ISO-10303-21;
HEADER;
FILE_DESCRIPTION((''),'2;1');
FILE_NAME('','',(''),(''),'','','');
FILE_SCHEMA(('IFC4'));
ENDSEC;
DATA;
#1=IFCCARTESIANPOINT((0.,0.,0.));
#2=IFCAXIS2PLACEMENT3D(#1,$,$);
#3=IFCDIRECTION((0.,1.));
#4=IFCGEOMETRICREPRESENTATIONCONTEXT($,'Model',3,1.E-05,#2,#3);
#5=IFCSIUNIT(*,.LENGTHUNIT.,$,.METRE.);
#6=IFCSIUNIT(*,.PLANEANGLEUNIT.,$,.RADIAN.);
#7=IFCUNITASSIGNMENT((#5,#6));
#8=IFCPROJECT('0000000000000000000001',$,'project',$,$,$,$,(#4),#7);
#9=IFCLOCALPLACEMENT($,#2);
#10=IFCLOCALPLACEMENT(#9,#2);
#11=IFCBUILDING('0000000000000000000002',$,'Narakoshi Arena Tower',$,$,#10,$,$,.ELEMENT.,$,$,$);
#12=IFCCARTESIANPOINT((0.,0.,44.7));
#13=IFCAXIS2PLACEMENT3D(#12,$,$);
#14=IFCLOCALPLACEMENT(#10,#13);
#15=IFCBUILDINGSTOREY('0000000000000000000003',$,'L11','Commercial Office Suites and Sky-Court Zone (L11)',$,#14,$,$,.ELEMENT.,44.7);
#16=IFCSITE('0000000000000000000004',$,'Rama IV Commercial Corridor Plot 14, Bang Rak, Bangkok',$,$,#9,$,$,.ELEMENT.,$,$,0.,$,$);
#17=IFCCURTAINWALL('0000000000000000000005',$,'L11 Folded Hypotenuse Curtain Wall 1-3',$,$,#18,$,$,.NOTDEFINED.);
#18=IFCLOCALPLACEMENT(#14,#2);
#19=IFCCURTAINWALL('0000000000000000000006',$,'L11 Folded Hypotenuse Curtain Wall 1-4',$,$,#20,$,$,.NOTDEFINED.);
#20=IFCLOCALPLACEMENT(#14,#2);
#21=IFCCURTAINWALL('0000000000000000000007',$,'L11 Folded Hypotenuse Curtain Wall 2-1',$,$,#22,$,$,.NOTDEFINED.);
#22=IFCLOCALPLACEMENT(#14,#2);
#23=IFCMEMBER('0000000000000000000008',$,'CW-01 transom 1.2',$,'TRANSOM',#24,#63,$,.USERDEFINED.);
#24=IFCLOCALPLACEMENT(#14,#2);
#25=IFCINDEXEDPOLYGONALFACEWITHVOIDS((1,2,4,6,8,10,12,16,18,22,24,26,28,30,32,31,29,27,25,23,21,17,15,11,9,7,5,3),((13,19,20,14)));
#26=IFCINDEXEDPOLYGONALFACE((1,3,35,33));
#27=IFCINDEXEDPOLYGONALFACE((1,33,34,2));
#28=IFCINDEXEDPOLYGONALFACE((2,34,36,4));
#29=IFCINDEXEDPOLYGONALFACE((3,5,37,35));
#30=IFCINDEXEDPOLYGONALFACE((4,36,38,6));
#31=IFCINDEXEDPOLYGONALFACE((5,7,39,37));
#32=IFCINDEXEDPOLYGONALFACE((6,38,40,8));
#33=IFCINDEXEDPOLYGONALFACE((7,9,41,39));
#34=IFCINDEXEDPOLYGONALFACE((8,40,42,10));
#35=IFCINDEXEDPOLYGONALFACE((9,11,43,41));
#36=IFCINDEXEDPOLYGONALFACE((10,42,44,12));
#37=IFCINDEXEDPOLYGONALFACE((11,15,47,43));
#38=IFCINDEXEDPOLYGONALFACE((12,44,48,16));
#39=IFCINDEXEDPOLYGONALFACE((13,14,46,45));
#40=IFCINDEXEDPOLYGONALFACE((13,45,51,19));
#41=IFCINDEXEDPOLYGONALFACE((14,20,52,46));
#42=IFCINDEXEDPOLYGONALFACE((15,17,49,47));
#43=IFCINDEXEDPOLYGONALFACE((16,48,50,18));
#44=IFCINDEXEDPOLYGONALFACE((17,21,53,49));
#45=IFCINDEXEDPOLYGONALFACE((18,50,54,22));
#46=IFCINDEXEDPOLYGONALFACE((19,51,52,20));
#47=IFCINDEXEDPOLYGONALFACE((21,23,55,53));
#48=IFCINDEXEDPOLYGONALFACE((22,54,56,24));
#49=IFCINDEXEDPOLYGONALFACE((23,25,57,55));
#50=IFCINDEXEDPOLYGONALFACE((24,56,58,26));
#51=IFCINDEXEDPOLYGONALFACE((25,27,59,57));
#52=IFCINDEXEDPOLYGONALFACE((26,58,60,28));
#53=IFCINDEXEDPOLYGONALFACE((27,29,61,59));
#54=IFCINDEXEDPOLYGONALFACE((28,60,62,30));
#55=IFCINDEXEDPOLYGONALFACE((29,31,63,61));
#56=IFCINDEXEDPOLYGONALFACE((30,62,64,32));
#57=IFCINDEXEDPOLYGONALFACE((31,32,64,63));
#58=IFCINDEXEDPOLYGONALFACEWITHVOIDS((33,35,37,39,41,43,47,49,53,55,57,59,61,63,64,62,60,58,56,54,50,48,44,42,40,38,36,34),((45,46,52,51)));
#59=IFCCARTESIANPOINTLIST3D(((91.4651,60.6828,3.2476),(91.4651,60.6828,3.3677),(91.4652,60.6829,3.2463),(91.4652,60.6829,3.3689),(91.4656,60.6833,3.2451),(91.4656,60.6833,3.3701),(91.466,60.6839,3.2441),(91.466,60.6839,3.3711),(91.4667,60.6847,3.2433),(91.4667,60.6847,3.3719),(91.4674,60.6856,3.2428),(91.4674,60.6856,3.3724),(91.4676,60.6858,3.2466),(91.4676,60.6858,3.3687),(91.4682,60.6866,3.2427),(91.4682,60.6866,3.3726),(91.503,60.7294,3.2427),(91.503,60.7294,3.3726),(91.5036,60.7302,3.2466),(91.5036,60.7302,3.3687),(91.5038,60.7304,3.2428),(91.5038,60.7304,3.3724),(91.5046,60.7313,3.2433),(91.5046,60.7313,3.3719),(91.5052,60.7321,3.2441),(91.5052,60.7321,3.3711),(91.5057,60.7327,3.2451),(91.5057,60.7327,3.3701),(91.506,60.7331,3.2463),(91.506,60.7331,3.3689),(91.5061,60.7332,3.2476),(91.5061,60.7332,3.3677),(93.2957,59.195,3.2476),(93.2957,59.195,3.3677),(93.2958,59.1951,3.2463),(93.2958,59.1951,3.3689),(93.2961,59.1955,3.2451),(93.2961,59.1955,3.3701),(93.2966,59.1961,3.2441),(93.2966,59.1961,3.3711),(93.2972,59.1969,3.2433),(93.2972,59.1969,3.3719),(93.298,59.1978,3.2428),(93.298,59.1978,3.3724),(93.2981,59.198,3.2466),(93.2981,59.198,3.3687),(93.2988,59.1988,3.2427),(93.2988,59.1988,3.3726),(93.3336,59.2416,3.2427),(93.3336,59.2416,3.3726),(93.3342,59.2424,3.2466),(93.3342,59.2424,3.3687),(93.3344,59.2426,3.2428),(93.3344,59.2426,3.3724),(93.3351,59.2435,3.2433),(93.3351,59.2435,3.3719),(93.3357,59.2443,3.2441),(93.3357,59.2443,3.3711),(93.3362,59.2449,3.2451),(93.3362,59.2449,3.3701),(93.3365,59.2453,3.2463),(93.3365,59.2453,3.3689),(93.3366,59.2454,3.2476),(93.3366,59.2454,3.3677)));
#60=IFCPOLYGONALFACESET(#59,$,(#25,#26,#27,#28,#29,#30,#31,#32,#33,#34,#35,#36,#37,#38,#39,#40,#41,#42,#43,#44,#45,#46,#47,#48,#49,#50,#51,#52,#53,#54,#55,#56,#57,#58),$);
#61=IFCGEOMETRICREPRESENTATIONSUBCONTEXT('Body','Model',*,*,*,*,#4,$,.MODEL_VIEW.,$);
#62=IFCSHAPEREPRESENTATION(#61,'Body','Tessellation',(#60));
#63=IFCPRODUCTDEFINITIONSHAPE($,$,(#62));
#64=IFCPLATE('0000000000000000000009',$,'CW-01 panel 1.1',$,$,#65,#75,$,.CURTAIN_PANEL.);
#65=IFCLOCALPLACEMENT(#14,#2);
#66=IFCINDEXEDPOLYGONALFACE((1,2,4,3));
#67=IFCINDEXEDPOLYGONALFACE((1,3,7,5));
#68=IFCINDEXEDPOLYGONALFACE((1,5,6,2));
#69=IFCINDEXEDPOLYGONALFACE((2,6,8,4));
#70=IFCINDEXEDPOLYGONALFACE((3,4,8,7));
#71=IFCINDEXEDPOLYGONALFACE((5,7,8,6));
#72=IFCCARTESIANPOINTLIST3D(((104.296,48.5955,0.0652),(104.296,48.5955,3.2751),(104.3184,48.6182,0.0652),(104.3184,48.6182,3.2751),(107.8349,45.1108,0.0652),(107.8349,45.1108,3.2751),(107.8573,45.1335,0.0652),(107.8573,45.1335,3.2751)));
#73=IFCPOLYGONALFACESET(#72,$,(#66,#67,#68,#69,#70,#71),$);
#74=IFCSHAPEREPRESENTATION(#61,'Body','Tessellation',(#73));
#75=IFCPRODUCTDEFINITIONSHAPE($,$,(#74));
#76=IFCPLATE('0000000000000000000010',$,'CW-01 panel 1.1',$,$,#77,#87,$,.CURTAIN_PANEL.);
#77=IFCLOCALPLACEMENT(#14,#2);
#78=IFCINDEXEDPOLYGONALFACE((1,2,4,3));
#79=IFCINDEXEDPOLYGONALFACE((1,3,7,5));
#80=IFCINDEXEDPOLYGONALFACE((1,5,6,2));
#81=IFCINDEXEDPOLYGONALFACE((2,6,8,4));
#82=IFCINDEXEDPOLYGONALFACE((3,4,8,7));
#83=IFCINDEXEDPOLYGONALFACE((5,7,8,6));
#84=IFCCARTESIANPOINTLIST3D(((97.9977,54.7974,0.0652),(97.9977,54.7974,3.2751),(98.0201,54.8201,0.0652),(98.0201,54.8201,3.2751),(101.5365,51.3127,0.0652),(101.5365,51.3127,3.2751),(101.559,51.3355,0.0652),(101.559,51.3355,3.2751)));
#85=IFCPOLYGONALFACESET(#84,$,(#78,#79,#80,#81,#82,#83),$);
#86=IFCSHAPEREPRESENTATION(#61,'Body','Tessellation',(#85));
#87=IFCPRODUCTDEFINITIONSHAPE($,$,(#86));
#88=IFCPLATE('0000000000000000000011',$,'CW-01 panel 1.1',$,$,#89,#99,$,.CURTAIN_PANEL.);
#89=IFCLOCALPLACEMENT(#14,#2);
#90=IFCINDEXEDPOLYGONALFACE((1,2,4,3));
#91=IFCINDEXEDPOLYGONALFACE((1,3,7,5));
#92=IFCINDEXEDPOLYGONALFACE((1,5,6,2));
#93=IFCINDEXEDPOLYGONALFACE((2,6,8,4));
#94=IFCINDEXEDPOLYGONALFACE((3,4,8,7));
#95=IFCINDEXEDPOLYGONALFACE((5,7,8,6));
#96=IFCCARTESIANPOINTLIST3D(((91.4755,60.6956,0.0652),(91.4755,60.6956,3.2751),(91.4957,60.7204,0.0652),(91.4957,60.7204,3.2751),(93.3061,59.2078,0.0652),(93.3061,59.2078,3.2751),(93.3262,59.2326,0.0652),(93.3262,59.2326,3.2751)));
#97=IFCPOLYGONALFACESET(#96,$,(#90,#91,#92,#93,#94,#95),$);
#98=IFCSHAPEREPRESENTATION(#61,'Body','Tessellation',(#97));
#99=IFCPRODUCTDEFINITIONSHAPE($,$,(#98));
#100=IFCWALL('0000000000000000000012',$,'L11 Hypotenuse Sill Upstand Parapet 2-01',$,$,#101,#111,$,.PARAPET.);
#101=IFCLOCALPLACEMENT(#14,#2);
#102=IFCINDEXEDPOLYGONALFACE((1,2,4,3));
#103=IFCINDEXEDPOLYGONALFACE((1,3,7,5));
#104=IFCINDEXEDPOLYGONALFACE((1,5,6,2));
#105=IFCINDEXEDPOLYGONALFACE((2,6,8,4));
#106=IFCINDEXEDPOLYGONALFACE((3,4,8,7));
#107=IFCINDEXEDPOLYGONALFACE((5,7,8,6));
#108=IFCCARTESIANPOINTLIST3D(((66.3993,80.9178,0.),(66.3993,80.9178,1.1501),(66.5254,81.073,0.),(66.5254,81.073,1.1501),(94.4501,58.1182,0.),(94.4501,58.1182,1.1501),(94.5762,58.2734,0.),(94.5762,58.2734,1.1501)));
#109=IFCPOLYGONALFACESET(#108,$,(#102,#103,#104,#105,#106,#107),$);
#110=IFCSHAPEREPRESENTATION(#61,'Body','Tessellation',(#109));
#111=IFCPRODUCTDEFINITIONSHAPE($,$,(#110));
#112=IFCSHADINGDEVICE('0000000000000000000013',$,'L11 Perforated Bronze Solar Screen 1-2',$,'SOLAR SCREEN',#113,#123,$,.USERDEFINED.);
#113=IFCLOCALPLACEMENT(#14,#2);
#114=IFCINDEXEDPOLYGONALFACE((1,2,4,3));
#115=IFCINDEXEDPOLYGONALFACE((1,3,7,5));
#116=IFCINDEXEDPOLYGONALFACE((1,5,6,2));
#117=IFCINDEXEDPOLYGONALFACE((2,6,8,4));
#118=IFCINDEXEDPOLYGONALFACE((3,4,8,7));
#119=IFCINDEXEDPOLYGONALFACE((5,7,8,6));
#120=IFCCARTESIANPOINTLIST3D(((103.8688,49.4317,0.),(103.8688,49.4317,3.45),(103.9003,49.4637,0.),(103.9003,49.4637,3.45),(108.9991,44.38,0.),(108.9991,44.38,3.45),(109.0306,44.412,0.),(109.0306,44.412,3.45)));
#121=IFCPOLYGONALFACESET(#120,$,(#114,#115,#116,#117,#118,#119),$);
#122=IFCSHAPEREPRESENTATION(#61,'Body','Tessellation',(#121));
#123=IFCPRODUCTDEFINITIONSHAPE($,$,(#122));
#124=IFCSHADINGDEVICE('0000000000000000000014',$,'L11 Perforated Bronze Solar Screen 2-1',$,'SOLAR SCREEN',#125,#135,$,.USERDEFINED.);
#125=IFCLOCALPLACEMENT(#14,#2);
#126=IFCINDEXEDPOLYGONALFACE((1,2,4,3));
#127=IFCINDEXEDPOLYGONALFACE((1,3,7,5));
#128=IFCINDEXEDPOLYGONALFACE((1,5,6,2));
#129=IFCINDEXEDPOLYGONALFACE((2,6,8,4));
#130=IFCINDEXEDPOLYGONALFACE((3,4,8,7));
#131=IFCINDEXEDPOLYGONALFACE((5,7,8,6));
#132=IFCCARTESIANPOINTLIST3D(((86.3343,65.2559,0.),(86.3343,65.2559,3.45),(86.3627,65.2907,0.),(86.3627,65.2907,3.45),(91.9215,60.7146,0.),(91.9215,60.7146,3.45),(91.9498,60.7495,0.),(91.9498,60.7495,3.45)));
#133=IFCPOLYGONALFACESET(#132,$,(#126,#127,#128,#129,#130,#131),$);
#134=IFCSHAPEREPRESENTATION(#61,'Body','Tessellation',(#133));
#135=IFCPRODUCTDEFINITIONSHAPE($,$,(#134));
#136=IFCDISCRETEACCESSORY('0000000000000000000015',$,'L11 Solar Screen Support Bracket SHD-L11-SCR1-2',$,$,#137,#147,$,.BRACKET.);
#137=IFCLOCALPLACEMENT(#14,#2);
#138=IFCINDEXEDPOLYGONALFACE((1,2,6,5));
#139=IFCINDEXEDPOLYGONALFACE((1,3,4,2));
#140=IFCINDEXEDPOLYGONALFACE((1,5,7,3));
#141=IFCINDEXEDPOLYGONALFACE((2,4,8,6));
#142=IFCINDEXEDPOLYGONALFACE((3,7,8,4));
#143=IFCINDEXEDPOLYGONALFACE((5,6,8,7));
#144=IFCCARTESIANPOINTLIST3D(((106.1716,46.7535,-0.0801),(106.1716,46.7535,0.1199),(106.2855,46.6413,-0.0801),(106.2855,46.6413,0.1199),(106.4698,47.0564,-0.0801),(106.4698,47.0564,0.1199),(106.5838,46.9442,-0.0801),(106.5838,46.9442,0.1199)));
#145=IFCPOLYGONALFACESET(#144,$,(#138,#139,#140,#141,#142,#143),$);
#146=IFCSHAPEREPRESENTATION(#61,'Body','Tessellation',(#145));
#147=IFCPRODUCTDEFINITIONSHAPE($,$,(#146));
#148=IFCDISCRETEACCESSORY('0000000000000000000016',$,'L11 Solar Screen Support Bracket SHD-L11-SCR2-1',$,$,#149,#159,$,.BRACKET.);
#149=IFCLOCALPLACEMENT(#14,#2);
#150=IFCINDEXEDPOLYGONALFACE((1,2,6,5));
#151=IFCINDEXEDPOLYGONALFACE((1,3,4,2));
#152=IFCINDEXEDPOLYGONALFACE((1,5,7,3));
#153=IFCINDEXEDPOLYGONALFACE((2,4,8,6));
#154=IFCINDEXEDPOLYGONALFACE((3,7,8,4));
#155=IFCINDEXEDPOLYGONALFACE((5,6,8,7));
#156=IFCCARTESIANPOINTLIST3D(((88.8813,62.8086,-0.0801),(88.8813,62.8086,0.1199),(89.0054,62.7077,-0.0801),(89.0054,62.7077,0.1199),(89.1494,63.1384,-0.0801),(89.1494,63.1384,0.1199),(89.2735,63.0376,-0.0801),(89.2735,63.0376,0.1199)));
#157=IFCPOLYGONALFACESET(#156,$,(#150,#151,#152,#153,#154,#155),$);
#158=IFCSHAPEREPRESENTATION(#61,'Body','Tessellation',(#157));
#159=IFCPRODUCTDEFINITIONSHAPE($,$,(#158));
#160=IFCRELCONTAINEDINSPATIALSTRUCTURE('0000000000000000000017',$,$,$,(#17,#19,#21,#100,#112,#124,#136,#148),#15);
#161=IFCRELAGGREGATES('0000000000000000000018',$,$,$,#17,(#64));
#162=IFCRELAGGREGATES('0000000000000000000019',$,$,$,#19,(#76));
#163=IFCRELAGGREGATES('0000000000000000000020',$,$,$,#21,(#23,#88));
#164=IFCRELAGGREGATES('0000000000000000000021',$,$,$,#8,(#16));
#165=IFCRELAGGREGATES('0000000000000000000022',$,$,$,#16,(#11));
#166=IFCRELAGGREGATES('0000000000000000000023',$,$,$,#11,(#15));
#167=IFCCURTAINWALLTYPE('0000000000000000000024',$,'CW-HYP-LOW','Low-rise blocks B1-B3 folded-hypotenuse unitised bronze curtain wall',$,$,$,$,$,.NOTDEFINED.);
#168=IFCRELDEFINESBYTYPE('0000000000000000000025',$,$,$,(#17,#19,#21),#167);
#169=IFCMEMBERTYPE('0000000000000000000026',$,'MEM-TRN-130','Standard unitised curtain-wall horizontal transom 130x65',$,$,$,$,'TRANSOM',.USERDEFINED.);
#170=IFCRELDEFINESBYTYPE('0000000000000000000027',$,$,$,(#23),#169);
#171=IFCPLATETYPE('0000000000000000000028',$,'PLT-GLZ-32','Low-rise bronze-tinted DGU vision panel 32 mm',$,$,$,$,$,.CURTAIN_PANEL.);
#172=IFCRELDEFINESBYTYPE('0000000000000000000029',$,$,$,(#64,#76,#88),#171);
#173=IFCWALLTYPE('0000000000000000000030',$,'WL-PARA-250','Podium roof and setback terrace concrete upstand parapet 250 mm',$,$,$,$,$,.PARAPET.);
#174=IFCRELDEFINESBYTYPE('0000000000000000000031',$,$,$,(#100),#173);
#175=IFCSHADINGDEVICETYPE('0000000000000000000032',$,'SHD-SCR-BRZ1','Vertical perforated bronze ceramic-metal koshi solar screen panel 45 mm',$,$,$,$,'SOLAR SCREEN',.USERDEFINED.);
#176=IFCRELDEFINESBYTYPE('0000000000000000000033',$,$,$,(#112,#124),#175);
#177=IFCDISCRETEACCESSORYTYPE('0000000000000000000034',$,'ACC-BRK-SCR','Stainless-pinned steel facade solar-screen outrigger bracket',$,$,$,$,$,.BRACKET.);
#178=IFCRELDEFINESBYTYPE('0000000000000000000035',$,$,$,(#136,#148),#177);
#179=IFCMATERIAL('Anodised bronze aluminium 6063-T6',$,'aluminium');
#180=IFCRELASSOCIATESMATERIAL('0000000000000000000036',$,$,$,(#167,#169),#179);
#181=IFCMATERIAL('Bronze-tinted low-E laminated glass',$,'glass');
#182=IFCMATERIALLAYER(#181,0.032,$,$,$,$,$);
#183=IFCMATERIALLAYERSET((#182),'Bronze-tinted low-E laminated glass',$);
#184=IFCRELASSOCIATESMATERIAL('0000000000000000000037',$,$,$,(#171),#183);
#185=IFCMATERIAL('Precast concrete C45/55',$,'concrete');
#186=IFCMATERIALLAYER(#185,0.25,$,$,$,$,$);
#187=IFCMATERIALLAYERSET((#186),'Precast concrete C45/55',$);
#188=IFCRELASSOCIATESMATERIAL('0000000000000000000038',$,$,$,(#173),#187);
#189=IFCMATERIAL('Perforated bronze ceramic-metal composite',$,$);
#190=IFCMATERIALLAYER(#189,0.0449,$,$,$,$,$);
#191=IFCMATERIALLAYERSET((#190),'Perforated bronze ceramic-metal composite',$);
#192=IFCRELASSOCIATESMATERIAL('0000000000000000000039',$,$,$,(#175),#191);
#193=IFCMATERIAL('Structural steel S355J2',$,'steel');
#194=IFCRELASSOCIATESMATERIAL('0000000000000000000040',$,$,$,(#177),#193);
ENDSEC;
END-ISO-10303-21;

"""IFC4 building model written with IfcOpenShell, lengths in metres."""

from ifc_helpers import new_model, si_unit, direction, frame, frame_2d, origin, origin_2d, place, context, subcontext, project, spatial, rectangle, hollow_rectangle, extrude, material, layer, layer_set, material_profile, profile_set, type_object, element, aggregate, save


model = new_model("IFC4")

# Units and contexts
model_context = context("Model", 3, precision=1e-05, world=origin(), true_north=direction((0.0, 1.0)))
body_context = subcontext(model_context, "Body", "Model", "MODEL_VIEW")
ifc_project = project(units=[si_unit("LENGTHUNIT", "METRE"), si_unit("PLANEANGLEUNIT", "RADIAN")], contexts=[model_context])

# Site, building, storey
site_placement = place(None, origin())
site = spatial("IfcSite", under=ifc_project, at=site_placement, Name="Rama IV Commercial Corridor Plot 14, Bang Rak, Bangkok", CompositionType="ELEMENT", RefElevation=0.0)
building_placement = place(site_placement, origin())
building = spatial("IfcBuilding", under=site, at=building_placement, Name="Narakoshi Arena Tower", CompositionType="ELEMENT")
storey_placement = place(building_placement, frame((0.0, 0.0, 44.7)))
storey = spatial("IfcBuildingStorey", under=building, at=storey_placement, Name="L11", Description="Commercial Office Suites and Sky-Court Zone (L11)", CompositionType="ELEMENT", Elevation=44.7)

# Shared definitions
ifc_material_1 = material(Name="Structural steel S355J2", Category="steel")

# Curtain walls
ifc_material_2 = material(Name="Anodised bronze aluminium 6063-T6", Category="aluminium")
curtain_wall_type = type_object("IfcCurtainWallType", Name="CW-HYP-LOW", Description="Low-rise blocks B1-B3 folded-hypotenuse unitised bronze curtain wall", PredefinedType="NOTDEFINED", material=ifc_material_2)
curtain_wall_1_placement = place(storey_placement, origin())
curtain_wall_1 = element("IfcCurtainWall", 1, at=curtain_wall_1_placement, inside=storey, type_object=curtain_wall_type, Name="L11 Folded Hypotenuse Curtain Wall 1-3", PredefinedType="NOTDEFINED")
curtain_wall_2_placement = place(storey_placement, origin())
curtain_wall_2 = element("IfcCurtainWall", 2, at=curtain_wall_2_placement, inside=storey, type_object=curtain_wall_type, Name="L11 Folded Hypotenuse Curtain Wall 1-4", PredefinedType="NOTDEFINED")
curtain_wall_3_placement = place(storey_placement, origin())
curtain_wall_3 = element("IfcCurtainWall", 3, at=curtain_wall_3_placement, inside=storey, type_object=curtain_wall_type, Name="L11 Folded Hypotenuse Curtain Wall 2-1", PredefinedType="NOTDEFINED")

# Member
ifc_material_profile_1 = material_profile(ifc_material_2, hollow_rectangle(XDim=0.0649, YDim=0.1299, WallThickness=0.0039, OuterFilletRadius=0.0049, at=origin_2d()), Name="TRN130x65x4")
ifc_profile_set_1 = profile_set([ifc_material_profile_1], Name="Anodised bronze aluminium 6063-T6")
member_type_1 = type_object("IfcMemberType", Name="MEM-TRN-130", Description="Standard unitised curtain-wall horizontal transom 130x65", ElementType="TRANSOM", PredefinedType="USERDEFINED", material=ifc_profile_set_1)
member_1_placement = place(storey_placement, frame((93.3162, 59.2202, 3.3076), z_axis=(-0.776019, 0.63071, 0.0), x_axis=(-0.63071, -0.776019, 0.0)))
member_1 = element("IfcMember", 4, at=member_1_placement, type_object=member_type_1, Name="CW-01 transom 1.2", ObjectType="TRANSOM", PredefinedType="USERDEFINED", context=body_context, shape_type="SweptSolid", body=[
    extrude(hollow_rectangle(XDim=0.0649, YDim=0.1299, WallThickness=0.0039, OuterFilletRadius=0.0049, at=origin_2d()), origin(), (0.0, 0.0, 1.0), 2.3589),
])

# Plates
ifc_material_3 = material(Name="Bronze-tinted low-E laminated glass", Category="glass")
ifc_layer_1 = layer(ifc_material_3, 0.032)
ifc_layer_set_1 = layer_set([ifc_layer_1], Name="Bronze-tinted low-E laminated glass")
plate_type = type_object("IfcPlateType", Name="PLT-GLZ-32", Description="Low-rise bronze-tinted DGU vision panel 32 mm", PredefinedType="CURTAIN_PANEL", material=ifc_layer_set_1)
plate_1_placement = place(storey_placement, frame((106.0767, 46.8645, 0.0652), z_axis=(0.0, 0.0, 1.0), x_axis=(-0.712539, 0.701633, 0.0)))
plate_1 = element("IfcPlate", 5, at=plate_1_placement, type_object=plate_type, Name="CW-01 panel 1.1", PredefinedType="CURTAIN_PANEL", context=body_context, shape_type="SweptSolid", body=[
    extrude(rectangle(XDim=4.9666, YDim=0.032, at=origin_2d()), origin(), (0.0, 0.0, 1.0), 3.21),
])
aggregate(curtain_wall_1, [plate_1])
plate_2_placement = place(storey_placement, frame((99.7783, 53.0664, 0.0652), z_axis=(0.0, 0.0, 1.0), x_axis=(-0.712539, 0.701633, 0.0)))
plate_2 = element("IfcPlate", 6, at=plate_2_placement, type_object=plate_type, Name="CW-01 panel 1.1", PredefinedType="CURTAIN_PANEL", context=body_context, shape_type="SweptSolid", body=[
    extrude(rectangle(XDim=4.9666, YDim=0.032, at=origin_2d()), origin(), (0.0, 0.0, 1.0), 3.21),
])
aggregate(curtain_wall_2, [plate_2])
plate_3_placement = place(storey_placement, frame((92.4009, 59.9641, 0.0652), z_axis=(0.0, 0.0, 1.0), x_axis=(-0.776008, 0.630723, 0.0)))
plate_3 = element("IfcPlate", 7, at=plate_3_placement, type_object=plate_type, Name="CW-01 panel 1.1", PredefinedType="CURTAIN_PANEL", context=body_context, shape_type="SweptSolid", body=[
    extrude(rectangle(XDim=2.3589, YDim=0.032, at=origin_2d()), origin(), (0.0, 0.0, 1.0), 3.21),
])
aggregate(curtain_wall_3, [member_1, plate_3])

# Wall
ifc_material_4 = material(Name="Precast concrete C45/55", Category="concrete")
ifc_layer_2 = layer(ifc_material_4, 0.25)
ifc_layer_set_2 = layer_set([ifc_layer_2], Name="Precast concrete C45/55")
wall_type = type_object("IfcWallType", Name="WL-PARA-250", Description="Podium roof and setback terrace concrete upstand parapet 250 mm", PredefinedType="PARAPET", material=ifc_layer_set_2)
wall_placement = place(storey_placement, frame((94.5132, 58.1958, 0.0), z_axis=(0.0, 0.0, 1.0), x_axis=(-0.776002, 0.630731, 0.0)))
element("IfcWall", 8, at=wall_placement, inside=storey, type_object=wall_type, Name="L11 Hypotenuse Sill Upstand Parapet 2-01", PredefinedType="PARAPET", context=body_context, shape_type="SweptSolid", body=[
    extrude(rectangle(XDim=36.1479, YDim=0.2, at=frame_2d((18.074, 0.0))), origin(), (0.0, 0.0, 1.0), 1.1501),
])

# Shading devices
ifc_material_5 = material(Name="Perforated bronze ceramic-metal composite")
ifc_layer_3 = layer(ifc_material_5, 0.0449)
ifc_layer_set_3 = layer_set([ifc_layer_3], Name="Perforated bronze ceramic-metal composite")
shading_device_type = type_object("IfcShadingDeviceType", Name="SHD-SCR-BRZ1", Description="Vertical perforated bronze ceramic-metal koshi solar screen panel 45 mm", ElementType="SOLAR SCREEN", PredefinedType="USERDEFINED", material=ifc_layer_set_3)
for number, where, z_axis, x_axis, name in (
    (9, (106.4497, 46.9219, 0.0), (0.0, 0.0, 1.0), (-0.712541, 0.701631, 0.0), "L11 Perforated Bronze Solar Screen 1-2"),
    (10, (89.1421, 63.0027, 0.0), (0.0, 0.0, 1.0), (-0.776002, 0.63073, 0.0), "L11 Perforated Bronze Solar Screen 2-1"),
):
    element("IfcShadingDevice", number, at=place(storey_placement, frame(where, z_axis=z_axis, x_axis=x_axis)), inside=storey, type_object=shading_device_type, Name=name, ObjectType="SOLAR SCREEN", PredefinedType="USERDEFINED", context=body_context, shape_type="SweptSolid", body=[
        extrude(rectangle(XDim=7.2, YDim=0.0449, at=origin_2d()), origin(), (0.0, 0.0, 1.0), 3.45),
    ])

# Discrete accessories
discrete_accessory_type = type_object("IfcDiscreteAccessoryType", Name="ACC-BRK-SCR", Description="Stainless-pinned steel facade solar-screen outrigger bracket", PredefinedType="BRACKET", material=ifc_material_1)
for number, where, z_axis, x_axis, name in (
    (11, (106.3777, 46.8489, -0.0801), (0.0, 0.0, 1.0), (-0.712541, 0.701631, 0.0), "L11 Solar Screen Support Bracket SHD-L11-SCR1-2"),
    (12, (89.0774, 62.9231, -0.0801), (0.0, 0.0, 1.0), (-0.776002, 0.63073, 0.0), "L11 Solar Screen Support Bracket SHD-L11-SCR2-1"),
):
    element("IfcDiscreteAccessory", number, at=place(storey_placement, frame(where, z_axis=z_axis, x_axis=x_axis)), inside=storey, type_object=discrete_accessory_type, Name=name, PredefinedType="BRACKET", context=body_context, shape_type="SweptSolid", body=[
        extrude(rectangle(XDim=0.1599, YDim=0.425, at=origin_2d()), origin(), (0.0, 0.0, 1.0), 0.2),
    ])

save(model, "model.ifc")
